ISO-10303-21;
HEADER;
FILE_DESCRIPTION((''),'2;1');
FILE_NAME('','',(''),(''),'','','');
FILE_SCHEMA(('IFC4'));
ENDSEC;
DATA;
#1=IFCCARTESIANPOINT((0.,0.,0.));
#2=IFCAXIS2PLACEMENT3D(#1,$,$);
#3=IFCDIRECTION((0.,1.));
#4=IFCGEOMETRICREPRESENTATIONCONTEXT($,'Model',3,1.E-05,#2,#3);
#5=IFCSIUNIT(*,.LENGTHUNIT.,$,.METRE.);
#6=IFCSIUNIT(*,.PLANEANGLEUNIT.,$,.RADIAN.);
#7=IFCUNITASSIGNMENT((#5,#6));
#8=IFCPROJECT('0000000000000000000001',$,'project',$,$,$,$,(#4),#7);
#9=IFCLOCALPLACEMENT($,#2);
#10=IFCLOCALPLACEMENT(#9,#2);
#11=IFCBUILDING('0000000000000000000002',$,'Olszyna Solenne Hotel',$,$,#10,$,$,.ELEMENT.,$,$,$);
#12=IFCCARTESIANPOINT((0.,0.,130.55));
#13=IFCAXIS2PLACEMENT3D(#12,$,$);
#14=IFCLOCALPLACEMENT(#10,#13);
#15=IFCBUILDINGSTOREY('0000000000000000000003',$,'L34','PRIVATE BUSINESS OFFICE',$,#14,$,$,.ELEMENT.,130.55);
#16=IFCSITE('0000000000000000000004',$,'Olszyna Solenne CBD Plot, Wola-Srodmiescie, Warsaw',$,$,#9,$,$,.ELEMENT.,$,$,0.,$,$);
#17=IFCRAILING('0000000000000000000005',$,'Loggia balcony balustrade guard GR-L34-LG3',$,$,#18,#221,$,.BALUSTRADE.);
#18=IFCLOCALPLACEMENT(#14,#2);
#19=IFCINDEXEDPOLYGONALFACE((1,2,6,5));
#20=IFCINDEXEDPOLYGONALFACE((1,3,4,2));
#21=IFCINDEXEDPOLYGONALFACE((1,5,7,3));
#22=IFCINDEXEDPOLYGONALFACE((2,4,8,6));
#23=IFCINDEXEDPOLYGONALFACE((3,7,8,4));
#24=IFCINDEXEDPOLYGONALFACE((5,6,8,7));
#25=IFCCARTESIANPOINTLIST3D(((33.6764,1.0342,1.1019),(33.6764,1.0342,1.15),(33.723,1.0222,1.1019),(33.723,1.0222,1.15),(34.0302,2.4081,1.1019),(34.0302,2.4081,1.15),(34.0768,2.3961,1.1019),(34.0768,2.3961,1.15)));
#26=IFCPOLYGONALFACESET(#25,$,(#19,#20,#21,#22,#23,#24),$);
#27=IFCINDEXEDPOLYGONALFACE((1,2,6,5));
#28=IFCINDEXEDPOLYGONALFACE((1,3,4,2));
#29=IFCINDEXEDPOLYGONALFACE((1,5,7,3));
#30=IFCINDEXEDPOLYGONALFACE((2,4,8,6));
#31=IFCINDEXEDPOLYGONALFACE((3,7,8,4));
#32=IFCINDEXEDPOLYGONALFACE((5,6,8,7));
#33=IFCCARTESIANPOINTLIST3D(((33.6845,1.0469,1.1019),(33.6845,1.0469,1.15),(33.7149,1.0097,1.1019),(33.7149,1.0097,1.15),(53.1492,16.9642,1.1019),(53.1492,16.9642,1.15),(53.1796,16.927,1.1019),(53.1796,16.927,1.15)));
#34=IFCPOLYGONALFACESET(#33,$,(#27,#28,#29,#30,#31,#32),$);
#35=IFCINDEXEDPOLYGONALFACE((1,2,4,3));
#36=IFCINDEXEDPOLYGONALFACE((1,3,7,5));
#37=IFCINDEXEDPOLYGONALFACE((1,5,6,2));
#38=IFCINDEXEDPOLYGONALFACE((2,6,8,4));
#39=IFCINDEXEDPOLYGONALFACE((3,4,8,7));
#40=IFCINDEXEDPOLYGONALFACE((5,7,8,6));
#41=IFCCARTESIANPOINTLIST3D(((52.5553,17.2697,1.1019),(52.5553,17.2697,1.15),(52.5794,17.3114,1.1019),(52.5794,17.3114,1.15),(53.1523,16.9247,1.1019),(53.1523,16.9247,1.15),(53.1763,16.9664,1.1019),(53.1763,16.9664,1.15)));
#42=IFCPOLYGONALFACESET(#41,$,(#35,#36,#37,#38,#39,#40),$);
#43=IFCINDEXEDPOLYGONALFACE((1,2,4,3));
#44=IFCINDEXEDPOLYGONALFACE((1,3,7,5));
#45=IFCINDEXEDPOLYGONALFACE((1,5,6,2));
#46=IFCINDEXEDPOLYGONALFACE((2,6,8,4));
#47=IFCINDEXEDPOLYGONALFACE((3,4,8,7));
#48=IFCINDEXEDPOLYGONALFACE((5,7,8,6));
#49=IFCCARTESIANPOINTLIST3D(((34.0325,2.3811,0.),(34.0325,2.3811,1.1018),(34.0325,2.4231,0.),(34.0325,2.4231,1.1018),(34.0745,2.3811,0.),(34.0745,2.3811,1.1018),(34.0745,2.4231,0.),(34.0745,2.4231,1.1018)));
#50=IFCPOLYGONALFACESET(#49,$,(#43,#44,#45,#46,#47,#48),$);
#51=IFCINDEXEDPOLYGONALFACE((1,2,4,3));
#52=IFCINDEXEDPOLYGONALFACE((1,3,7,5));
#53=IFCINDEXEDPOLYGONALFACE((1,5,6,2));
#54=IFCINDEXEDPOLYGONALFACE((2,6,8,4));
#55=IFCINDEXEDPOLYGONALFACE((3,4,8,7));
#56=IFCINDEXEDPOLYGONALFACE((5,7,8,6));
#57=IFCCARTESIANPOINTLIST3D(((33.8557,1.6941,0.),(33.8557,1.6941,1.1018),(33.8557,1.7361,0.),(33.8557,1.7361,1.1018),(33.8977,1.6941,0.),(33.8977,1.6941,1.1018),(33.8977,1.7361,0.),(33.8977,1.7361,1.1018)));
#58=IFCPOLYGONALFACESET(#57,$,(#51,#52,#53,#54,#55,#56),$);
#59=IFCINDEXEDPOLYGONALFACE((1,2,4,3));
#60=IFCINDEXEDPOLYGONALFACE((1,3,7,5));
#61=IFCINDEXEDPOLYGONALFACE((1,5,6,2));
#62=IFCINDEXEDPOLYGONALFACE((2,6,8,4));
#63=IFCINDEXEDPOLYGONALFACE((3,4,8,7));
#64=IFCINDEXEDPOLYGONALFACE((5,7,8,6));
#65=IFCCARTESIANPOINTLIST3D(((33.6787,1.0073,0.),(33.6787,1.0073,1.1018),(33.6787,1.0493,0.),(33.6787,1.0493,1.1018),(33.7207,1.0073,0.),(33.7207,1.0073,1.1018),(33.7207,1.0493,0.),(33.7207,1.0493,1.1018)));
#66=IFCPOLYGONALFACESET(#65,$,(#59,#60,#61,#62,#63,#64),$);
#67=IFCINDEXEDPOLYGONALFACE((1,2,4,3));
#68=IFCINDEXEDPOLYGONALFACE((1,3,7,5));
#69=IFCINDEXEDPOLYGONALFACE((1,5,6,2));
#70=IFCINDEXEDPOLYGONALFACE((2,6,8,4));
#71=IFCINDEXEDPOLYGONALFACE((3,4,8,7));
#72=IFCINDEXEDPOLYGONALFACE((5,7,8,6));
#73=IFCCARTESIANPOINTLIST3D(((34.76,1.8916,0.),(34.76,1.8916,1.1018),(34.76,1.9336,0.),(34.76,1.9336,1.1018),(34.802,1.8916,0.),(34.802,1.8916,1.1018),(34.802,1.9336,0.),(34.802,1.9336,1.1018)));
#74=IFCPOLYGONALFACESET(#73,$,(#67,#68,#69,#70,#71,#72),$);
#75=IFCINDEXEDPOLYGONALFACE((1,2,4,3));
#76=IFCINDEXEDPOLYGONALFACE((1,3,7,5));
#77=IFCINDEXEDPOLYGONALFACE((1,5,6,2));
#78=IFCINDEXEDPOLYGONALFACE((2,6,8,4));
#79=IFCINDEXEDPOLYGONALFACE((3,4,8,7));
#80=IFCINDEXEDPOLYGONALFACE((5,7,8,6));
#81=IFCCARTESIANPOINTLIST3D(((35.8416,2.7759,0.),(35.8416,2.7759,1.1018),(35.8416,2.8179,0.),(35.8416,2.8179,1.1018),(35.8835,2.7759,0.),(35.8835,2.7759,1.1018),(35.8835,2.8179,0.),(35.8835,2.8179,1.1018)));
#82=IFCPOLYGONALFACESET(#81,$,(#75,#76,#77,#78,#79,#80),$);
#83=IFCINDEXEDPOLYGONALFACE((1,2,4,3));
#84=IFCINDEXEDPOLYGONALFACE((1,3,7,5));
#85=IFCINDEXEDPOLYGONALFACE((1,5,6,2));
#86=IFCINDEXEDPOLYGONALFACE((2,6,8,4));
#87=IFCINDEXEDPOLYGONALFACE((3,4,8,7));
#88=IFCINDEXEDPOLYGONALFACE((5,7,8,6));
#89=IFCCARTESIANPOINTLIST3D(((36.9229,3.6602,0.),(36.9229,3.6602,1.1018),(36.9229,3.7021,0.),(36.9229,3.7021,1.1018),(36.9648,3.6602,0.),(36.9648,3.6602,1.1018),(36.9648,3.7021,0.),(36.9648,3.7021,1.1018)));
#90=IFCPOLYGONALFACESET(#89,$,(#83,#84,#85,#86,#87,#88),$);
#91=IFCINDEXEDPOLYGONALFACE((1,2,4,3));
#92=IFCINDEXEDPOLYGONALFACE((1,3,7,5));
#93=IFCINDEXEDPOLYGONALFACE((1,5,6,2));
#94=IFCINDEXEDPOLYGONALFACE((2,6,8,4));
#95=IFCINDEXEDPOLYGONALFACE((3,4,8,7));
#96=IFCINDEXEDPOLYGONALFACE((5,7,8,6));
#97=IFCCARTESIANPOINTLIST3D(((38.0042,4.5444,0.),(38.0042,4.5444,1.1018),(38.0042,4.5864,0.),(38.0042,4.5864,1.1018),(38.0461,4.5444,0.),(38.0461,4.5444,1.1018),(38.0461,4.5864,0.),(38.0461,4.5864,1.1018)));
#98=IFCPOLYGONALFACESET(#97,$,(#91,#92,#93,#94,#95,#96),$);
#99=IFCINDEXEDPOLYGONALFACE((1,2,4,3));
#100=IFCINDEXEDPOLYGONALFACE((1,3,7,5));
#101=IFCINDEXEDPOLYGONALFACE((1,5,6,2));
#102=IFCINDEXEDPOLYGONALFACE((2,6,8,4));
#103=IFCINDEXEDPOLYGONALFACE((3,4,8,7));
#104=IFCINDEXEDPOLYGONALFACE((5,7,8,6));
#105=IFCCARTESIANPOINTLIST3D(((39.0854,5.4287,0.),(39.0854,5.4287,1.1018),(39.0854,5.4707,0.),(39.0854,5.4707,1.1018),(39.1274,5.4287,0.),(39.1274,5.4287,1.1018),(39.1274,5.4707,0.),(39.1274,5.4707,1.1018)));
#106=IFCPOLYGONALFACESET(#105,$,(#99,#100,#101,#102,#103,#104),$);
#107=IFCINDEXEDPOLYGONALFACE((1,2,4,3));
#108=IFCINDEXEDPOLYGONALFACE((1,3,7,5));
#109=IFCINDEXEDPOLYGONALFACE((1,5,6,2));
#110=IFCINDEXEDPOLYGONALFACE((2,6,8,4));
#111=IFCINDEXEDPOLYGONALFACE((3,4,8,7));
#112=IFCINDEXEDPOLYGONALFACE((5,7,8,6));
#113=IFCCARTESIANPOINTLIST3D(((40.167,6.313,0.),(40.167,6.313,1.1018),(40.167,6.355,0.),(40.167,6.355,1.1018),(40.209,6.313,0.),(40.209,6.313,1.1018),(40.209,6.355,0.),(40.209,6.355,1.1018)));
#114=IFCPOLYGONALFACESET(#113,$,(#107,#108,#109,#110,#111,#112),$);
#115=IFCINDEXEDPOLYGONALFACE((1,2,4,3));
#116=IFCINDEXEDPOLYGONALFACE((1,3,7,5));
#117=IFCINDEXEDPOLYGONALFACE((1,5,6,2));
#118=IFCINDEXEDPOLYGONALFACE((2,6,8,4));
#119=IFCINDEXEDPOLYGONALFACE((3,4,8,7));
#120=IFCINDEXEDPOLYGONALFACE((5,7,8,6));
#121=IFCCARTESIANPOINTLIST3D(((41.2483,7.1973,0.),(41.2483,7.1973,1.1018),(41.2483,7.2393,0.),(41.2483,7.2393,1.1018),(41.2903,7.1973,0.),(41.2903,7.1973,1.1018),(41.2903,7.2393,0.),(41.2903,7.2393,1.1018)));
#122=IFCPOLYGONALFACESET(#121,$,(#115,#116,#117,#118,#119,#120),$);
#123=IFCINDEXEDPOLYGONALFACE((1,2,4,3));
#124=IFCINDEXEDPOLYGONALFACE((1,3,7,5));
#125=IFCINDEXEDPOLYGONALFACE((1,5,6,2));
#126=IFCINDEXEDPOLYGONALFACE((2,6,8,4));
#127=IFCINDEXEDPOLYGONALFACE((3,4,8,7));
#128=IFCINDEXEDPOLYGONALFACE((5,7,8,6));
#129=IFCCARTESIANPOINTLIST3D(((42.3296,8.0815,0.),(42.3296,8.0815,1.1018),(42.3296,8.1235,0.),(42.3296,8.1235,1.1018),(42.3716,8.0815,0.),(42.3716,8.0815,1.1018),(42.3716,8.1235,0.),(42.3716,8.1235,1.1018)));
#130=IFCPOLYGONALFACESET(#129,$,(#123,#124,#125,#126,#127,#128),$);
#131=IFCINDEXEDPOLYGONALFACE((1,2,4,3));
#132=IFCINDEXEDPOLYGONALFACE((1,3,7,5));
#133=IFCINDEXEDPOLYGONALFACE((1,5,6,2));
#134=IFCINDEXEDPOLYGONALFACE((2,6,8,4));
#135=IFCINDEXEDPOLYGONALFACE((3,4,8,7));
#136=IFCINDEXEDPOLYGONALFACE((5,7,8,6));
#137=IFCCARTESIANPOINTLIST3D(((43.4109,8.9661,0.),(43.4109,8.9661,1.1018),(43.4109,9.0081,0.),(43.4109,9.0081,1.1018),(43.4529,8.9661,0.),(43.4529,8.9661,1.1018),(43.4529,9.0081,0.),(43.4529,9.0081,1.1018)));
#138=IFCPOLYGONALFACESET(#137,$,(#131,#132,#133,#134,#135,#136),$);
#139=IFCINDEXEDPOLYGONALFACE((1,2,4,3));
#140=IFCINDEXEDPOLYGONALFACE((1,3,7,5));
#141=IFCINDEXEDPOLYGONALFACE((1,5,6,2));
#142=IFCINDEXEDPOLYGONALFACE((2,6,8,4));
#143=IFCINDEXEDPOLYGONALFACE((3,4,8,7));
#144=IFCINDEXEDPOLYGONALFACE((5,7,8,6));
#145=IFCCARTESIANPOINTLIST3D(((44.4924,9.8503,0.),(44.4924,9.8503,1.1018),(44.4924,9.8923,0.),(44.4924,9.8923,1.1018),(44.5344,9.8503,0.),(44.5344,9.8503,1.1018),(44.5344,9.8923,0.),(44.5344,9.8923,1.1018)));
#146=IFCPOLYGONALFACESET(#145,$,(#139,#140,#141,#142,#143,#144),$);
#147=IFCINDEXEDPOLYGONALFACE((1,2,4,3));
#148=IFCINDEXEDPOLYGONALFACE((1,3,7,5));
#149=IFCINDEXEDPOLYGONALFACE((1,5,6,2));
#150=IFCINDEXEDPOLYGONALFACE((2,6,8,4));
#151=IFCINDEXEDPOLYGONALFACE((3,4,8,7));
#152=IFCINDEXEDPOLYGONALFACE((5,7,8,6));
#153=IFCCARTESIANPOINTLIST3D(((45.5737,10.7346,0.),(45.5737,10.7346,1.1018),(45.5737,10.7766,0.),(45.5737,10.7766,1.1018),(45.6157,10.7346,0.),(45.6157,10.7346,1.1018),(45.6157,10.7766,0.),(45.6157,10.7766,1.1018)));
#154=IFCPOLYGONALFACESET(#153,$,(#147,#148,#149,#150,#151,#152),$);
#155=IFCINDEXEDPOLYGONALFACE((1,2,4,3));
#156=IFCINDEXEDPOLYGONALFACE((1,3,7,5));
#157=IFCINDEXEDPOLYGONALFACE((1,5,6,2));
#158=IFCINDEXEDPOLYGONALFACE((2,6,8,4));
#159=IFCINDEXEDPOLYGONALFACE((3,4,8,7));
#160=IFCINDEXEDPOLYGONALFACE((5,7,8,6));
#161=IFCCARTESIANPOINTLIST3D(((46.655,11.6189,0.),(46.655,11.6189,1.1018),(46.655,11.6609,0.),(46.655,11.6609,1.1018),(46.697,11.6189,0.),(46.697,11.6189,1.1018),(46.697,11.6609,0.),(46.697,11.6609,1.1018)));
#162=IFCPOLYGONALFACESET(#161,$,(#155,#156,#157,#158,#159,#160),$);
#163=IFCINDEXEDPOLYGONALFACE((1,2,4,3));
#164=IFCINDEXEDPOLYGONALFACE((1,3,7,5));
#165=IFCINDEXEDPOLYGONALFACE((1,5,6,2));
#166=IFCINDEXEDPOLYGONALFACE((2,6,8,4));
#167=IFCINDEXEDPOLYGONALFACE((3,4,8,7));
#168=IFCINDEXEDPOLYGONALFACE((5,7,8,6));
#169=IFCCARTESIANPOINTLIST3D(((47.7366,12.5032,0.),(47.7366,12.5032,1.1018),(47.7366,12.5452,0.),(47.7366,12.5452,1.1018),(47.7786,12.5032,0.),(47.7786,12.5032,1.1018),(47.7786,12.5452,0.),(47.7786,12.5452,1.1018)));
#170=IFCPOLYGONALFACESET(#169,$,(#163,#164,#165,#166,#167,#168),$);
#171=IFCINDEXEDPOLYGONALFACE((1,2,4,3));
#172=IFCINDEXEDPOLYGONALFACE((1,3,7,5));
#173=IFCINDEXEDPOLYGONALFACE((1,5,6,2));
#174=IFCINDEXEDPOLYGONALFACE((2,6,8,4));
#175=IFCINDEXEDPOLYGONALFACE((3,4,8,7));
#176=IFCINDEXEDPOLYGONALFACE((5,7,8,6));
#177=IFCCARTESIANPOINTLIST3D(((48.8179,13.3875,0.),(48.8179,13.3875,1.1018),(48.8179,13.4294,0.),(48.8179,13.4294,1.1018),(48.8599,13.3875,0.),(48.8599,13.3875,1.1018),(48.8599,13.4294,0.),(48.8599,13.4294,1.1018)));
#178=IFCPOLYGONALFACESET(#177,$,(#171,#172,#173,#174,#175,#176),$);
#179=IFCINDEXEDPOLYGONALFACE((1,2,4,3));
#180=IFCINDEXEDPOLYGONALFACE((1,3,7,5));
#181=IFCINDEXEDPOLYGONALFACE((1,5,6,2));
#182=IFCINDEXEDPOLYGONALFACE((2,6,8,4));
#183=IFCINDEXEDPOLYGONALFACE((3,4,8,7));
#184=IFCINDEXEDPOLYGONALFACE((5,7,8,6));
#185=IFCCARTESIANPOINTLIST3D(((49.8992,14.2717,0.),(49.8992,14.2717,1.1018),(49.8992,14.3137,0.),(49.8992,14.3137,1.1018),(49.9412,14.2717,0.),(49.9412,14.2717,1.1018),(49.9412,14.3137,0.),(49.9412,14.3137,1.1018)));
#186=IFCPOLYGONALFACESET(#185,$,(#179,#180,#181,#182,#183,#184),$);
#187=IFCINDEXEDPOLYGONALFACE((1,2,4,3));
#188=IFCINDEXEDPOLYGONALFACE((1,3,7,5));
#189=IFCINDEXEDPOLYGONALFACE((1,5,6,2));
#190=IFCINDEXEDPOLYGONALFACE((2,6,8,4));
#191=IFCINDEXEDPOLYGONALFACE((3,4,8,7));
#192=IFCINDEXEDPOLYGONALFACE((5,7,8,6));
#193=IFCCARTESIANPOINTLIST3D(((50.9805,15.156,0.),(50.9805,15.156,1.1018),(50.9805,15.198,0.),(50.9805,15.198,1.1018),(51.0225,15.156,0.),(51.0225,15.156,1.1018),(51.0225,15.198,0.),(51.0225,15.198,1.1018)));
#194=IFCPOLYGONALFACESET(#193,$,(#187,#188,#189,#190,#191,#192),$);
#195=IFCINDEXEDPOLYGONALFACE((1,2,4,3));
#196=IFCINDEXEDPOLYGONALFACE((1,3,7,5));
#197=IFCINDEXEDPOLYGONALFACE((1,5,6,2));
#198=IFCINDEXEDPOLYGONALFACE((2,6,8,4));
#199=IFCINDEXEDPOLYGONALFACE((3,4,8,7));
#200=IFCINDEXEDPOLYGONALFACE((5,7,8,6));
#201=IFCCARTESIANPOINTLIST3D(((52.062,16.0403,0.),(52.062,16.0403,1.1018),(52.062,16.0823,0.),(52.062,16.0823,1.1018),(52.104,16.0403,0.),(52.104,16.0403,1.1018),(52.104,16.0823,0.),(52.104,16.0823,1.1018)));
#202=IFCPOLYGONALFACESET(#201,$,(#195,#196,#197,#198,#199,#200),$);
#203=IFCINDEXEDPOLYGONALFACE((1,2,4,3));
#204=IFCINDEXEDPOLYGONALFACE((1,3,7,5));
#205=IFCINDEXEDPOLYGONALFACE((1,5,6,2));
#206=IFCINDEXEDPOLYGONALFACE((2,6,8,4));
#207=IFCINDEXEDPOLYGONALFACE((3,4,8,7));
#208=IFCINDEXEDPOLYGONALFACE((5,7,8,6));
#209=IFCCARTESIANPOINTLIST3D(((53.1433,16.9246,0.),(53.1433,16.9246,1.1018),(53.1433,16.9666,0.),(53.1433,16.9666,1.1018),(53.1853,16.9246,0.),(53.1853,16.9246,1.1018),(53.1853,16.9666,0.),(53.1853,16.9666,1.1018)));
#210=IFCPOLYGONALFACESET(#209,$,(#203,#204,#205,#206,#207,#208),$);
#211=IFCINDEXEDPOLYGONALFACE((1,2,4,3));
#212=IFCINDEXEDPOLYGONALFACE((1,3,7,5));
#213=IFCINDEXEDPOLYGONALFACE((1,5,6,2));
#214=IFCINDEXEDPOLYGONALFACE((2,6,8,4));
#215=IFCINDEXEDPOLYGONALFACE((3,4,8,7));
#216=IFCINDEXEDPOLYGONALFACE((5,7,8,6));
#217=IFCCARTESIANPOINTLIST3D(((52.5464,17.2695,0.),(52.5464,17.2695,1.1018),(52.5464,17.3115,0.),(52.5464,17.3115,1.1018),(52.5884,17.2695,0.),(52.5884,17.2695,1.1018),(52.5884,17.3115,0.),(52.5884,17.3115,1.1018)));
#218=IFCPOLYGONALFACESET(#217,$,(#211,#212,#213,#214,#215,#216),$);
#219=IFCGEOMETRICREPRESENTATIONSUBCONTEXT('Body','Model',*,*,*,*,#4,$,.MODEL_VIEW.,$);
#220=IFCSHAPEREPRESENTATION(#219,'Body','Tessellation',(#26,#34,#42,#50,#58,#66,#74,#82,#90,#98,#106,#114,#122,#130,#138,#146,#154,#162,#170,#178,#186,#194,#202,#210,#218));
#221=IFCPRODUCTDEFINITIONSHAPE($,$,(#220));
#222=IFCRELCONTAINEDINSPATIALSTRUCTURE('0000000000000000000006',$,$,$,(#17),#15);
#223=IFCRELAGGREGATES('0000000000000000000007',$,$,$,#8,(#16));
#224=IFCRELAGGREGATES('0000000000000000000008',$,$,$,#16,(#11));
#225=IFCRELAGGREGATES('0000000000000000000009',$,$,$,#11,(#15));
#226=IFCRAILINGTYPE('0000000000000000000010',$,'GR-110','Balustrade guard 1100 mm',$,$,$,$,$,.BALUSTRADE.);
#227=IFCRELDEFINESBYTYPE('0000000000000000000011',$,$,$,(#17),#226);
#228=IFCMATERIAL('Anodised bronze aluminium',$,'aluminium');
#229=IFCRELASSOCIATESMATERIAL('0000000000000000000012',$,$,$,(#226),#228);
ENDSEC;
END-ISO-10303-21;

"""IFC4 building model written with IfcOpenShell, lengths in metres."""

from ifc_helpers import new_model, si_unit, direction, frame, origin, origin_2d, place, context, subcontext, project, spatial, rectangle, extrude, material, type_object, element, save


model = new_model("IFC4")

# Units and contexts
model_context = context("Model", 3, precision=1e-05, world=origin(), true_north=direction((0.0, 1.0)))
body_context = subcontext(model_context, "Body", "Model", "MODEL_VIEW")
ifc_project = project(units=[si_unit("LENGTHUNIT", "METRE"), si_unit("PLANEANGLEUNIT", "RADIAN")], contexts=[model_context])

# Site, building, storey
site_placement = place(None, origin())
site = spatial("IfcSite", under=ifc_project, at=site_placement, Name="Olszyna Solenne CBD Plot, Wola-Srodmiescie, Warsaw", CompositionType="ELEMENT", RefElevation=0.0)
building_placement = place(site_placement, origin())
building = spatial("IfcBuilding", under=site, at=building_placement, Name="Olszyna Solenne Hotel", CompositionType="ELEMENT")
storey_placement = place(building_placement, frame((0.0, 0.0, 130.55)))
storey = spatial("IfcBuildingStorey", under=building, at=storey_placement, Name="L34", Description="PRIVATE BUSINESS OFFICE", CompositionType="ELEMENT", Elevation=130.55)

# Railing
ifc_material_1 = material(Name="Anodised bronze aluminium", Category="aluminium")
railing_type = type_object("IfcRailingType", Name="GR-110", Description="Balustrade guard 1100 mm", PredefinedType="BALUSTRADE", material=ifc_material_1)
railing_placement = place(storey_placement, frame((34.0535, 2.4021, 0.0)))
element("IfcRailing", 1, at=railing_placement, inside=storey, type_object=railing_type, Name="Loggia balcony balustrade guard GR-L34-LG3", PredefinedType="BALUSTRADE", context=body_context, shape_type="SweptSolid", body=[
    extrude(rectangle(XDim=0.0481, YDim=0.0481, at=origin_2d()), frame((0.0, 0.0, 1.126), z_axis=(-0.249373, -0.968407, 0.0), x_axis=(0.968407, -0.249373, 0.0)), (0.0, 0.0, 1.0), 1.4187),
    extrude(rectangle(XDim=0.0481, YDim=0.0481, at=origin_2d()), frame((-0.3538, -1.3738, 1.126), z_axis=(0.77412, 0.633039, 0.0), x_axis=(-0.633039, 0.77412, 0.0)), (0.0, 0.0, 1.0), 25.1443),
    extrude(rectangle(XDim=0.0481, YDim=0.0481, at=origin_2d()), frame((19.1108, 14.5435, 1.126), z_axis=(-0.865814, 0.500366, 0.0), x_axis=(-0.500366, -0.865814, 0.0)), (0.0, 0.0, 1.0), 0.6895),
    extrude(rectangle(XDim=0.042, YDim=0.042, at=origin_2d()), origin(), (0.0, 0.0, 1.0), 1.1018),
    extrude(rectangle(XDim=0.042, YDim=0.042, at=origin_2d()), frame((-0.1768, -0.687, 0.0)), (0.0, 0.0, 1.0), 1.1018),
    extrude(rectangle(XDim=0.042, YDim=0.042, at=origin_2d()), frame((-0.3538, -1.3738, 0.0)), (0.0, 0.0, 1.0), 1.1018),
    extrude(rectangle(XDim=0.042, YDim=0.042, at=origin_2d()), frame((0.7275, -0.4895, 0.0)), (0.0, 0.0, 1.0), 1.1018),
    extrude(rectangle(XDim=0.042, YDim=0.042, at=origin_2d()), frame((1.8091, 0.3948, 0.0)), (0.0, 0.0, 1.0), 1.1018),
    extrude(rectangle(XDim=0.042, YDim=0.042, at=origin_2d()), frame((2.8904, 1.2791, 0.0)), (0.0, 0.0, 1.0), 1.1018),
    extrude(rectangle(XDim=0.042, YDim=0.042, at=origin_2d()), frame((3.9717, 2.1633, 0.0)), (0.0, 0.0, 1.0), 1.1018),
    extrude(rectangle(XDim=0.042, YDim=0.042, at=origin_2d()), frame((5.053, 3.0476, 0.0)), (0.0, 0.0, 1.0), 1.1018),
    extrude(rectangle(XDim=0.042, YDim=0.042, at=origin_2d()), frame((6.1345, 3.9319, 0.0)), (0.0, 0.0, 1.0), 1.1018),
    extrude(rectangle(XDim=0.042, YDim=0.042, at=origin_2d()), frame((7.2158, 4.8162, 0.0)), (0.0, 0.0, 1.0), 1.1018),
    extrude(rectangle(XDim=0.042, YDim=0.042, at=origin_2d()), frame((8.2971, 5.7004, 0.0)), (0.0, 0.0, 1.0), 1.1018),
    extrude(rectangle(XDim=0.042, YDim=0.042, at=origin_2d()), frame((9.3784, 6.585, 0.0)), (0.0, 0.0, 1.0), 1.1018),
    extrude(rectangle(XDim=0.042, YDim=0.042, at=origin_2d()), frame((10.46, 7.4692, 0.0)), (0.0, 0.0, 1.0), 1.1018),
    extrude(rectangle(XDim=0.042, YDim=0.042, at=origin_2d()), frame((11.5413, 8.3535, 0.0)), (0.0, 0.0, 1.0), 1.1018),
    extrude(rectangle(XDim=0.042, YDim=0.042, at=origin_2d()), frame((12.6226, 9.2378, 0.0)), (0.0, 0.0, 1.0), 1.1018),
    extrude(rectangle(XDim=0.042, YDim=0.042, at=origin_2d()), frame((13.7041, 10.1221, 0.0)), (0.0, 0.0, 1.0), 1.1018),
    extrude(rectangle(XDim=0.042, YDim=0.042, at=origin_2d()), frame((14.7854, 11.0063, 0.0)), (0.0, 0.0, 1.0), 1.1018),
    extrude(rectangle(XDim=0.042, YDim=0.042, at=origin_2d()), frame((15.8667, 11.8906, 0.0)), (0.0, 0.0, 1.0), 1.1018),
    extrude(rectangle(XDim=0.042, YDim=0.042, at=origin_2d()), frame((16.948, 12.7749, 0.0)), (0.0, 0.0, 1.0), 1.1018),
    extrude(rectangle(XDim=0.042, YDim=0.042, at=origin_2d()), frame((18.0295, 13.6592, 0.0)), (0.0, 0.0, 1.0), 1.1018),
    extrude(rectangle(XDim=0.042, YDim=0.042, at=origin_2d()), frame((19.1108, 14.5435, 0.0)), (0.0, 0.0, 1.0), 1.1018),
    extrude(rectangle(XDim=0.042, YDim=0.042, at=origin_2d()), frame((18.5139, 14.8884, 0.0)), (0.0, 0.0, 1.0), 1.1018),
])

save(model, "model.ifc")
